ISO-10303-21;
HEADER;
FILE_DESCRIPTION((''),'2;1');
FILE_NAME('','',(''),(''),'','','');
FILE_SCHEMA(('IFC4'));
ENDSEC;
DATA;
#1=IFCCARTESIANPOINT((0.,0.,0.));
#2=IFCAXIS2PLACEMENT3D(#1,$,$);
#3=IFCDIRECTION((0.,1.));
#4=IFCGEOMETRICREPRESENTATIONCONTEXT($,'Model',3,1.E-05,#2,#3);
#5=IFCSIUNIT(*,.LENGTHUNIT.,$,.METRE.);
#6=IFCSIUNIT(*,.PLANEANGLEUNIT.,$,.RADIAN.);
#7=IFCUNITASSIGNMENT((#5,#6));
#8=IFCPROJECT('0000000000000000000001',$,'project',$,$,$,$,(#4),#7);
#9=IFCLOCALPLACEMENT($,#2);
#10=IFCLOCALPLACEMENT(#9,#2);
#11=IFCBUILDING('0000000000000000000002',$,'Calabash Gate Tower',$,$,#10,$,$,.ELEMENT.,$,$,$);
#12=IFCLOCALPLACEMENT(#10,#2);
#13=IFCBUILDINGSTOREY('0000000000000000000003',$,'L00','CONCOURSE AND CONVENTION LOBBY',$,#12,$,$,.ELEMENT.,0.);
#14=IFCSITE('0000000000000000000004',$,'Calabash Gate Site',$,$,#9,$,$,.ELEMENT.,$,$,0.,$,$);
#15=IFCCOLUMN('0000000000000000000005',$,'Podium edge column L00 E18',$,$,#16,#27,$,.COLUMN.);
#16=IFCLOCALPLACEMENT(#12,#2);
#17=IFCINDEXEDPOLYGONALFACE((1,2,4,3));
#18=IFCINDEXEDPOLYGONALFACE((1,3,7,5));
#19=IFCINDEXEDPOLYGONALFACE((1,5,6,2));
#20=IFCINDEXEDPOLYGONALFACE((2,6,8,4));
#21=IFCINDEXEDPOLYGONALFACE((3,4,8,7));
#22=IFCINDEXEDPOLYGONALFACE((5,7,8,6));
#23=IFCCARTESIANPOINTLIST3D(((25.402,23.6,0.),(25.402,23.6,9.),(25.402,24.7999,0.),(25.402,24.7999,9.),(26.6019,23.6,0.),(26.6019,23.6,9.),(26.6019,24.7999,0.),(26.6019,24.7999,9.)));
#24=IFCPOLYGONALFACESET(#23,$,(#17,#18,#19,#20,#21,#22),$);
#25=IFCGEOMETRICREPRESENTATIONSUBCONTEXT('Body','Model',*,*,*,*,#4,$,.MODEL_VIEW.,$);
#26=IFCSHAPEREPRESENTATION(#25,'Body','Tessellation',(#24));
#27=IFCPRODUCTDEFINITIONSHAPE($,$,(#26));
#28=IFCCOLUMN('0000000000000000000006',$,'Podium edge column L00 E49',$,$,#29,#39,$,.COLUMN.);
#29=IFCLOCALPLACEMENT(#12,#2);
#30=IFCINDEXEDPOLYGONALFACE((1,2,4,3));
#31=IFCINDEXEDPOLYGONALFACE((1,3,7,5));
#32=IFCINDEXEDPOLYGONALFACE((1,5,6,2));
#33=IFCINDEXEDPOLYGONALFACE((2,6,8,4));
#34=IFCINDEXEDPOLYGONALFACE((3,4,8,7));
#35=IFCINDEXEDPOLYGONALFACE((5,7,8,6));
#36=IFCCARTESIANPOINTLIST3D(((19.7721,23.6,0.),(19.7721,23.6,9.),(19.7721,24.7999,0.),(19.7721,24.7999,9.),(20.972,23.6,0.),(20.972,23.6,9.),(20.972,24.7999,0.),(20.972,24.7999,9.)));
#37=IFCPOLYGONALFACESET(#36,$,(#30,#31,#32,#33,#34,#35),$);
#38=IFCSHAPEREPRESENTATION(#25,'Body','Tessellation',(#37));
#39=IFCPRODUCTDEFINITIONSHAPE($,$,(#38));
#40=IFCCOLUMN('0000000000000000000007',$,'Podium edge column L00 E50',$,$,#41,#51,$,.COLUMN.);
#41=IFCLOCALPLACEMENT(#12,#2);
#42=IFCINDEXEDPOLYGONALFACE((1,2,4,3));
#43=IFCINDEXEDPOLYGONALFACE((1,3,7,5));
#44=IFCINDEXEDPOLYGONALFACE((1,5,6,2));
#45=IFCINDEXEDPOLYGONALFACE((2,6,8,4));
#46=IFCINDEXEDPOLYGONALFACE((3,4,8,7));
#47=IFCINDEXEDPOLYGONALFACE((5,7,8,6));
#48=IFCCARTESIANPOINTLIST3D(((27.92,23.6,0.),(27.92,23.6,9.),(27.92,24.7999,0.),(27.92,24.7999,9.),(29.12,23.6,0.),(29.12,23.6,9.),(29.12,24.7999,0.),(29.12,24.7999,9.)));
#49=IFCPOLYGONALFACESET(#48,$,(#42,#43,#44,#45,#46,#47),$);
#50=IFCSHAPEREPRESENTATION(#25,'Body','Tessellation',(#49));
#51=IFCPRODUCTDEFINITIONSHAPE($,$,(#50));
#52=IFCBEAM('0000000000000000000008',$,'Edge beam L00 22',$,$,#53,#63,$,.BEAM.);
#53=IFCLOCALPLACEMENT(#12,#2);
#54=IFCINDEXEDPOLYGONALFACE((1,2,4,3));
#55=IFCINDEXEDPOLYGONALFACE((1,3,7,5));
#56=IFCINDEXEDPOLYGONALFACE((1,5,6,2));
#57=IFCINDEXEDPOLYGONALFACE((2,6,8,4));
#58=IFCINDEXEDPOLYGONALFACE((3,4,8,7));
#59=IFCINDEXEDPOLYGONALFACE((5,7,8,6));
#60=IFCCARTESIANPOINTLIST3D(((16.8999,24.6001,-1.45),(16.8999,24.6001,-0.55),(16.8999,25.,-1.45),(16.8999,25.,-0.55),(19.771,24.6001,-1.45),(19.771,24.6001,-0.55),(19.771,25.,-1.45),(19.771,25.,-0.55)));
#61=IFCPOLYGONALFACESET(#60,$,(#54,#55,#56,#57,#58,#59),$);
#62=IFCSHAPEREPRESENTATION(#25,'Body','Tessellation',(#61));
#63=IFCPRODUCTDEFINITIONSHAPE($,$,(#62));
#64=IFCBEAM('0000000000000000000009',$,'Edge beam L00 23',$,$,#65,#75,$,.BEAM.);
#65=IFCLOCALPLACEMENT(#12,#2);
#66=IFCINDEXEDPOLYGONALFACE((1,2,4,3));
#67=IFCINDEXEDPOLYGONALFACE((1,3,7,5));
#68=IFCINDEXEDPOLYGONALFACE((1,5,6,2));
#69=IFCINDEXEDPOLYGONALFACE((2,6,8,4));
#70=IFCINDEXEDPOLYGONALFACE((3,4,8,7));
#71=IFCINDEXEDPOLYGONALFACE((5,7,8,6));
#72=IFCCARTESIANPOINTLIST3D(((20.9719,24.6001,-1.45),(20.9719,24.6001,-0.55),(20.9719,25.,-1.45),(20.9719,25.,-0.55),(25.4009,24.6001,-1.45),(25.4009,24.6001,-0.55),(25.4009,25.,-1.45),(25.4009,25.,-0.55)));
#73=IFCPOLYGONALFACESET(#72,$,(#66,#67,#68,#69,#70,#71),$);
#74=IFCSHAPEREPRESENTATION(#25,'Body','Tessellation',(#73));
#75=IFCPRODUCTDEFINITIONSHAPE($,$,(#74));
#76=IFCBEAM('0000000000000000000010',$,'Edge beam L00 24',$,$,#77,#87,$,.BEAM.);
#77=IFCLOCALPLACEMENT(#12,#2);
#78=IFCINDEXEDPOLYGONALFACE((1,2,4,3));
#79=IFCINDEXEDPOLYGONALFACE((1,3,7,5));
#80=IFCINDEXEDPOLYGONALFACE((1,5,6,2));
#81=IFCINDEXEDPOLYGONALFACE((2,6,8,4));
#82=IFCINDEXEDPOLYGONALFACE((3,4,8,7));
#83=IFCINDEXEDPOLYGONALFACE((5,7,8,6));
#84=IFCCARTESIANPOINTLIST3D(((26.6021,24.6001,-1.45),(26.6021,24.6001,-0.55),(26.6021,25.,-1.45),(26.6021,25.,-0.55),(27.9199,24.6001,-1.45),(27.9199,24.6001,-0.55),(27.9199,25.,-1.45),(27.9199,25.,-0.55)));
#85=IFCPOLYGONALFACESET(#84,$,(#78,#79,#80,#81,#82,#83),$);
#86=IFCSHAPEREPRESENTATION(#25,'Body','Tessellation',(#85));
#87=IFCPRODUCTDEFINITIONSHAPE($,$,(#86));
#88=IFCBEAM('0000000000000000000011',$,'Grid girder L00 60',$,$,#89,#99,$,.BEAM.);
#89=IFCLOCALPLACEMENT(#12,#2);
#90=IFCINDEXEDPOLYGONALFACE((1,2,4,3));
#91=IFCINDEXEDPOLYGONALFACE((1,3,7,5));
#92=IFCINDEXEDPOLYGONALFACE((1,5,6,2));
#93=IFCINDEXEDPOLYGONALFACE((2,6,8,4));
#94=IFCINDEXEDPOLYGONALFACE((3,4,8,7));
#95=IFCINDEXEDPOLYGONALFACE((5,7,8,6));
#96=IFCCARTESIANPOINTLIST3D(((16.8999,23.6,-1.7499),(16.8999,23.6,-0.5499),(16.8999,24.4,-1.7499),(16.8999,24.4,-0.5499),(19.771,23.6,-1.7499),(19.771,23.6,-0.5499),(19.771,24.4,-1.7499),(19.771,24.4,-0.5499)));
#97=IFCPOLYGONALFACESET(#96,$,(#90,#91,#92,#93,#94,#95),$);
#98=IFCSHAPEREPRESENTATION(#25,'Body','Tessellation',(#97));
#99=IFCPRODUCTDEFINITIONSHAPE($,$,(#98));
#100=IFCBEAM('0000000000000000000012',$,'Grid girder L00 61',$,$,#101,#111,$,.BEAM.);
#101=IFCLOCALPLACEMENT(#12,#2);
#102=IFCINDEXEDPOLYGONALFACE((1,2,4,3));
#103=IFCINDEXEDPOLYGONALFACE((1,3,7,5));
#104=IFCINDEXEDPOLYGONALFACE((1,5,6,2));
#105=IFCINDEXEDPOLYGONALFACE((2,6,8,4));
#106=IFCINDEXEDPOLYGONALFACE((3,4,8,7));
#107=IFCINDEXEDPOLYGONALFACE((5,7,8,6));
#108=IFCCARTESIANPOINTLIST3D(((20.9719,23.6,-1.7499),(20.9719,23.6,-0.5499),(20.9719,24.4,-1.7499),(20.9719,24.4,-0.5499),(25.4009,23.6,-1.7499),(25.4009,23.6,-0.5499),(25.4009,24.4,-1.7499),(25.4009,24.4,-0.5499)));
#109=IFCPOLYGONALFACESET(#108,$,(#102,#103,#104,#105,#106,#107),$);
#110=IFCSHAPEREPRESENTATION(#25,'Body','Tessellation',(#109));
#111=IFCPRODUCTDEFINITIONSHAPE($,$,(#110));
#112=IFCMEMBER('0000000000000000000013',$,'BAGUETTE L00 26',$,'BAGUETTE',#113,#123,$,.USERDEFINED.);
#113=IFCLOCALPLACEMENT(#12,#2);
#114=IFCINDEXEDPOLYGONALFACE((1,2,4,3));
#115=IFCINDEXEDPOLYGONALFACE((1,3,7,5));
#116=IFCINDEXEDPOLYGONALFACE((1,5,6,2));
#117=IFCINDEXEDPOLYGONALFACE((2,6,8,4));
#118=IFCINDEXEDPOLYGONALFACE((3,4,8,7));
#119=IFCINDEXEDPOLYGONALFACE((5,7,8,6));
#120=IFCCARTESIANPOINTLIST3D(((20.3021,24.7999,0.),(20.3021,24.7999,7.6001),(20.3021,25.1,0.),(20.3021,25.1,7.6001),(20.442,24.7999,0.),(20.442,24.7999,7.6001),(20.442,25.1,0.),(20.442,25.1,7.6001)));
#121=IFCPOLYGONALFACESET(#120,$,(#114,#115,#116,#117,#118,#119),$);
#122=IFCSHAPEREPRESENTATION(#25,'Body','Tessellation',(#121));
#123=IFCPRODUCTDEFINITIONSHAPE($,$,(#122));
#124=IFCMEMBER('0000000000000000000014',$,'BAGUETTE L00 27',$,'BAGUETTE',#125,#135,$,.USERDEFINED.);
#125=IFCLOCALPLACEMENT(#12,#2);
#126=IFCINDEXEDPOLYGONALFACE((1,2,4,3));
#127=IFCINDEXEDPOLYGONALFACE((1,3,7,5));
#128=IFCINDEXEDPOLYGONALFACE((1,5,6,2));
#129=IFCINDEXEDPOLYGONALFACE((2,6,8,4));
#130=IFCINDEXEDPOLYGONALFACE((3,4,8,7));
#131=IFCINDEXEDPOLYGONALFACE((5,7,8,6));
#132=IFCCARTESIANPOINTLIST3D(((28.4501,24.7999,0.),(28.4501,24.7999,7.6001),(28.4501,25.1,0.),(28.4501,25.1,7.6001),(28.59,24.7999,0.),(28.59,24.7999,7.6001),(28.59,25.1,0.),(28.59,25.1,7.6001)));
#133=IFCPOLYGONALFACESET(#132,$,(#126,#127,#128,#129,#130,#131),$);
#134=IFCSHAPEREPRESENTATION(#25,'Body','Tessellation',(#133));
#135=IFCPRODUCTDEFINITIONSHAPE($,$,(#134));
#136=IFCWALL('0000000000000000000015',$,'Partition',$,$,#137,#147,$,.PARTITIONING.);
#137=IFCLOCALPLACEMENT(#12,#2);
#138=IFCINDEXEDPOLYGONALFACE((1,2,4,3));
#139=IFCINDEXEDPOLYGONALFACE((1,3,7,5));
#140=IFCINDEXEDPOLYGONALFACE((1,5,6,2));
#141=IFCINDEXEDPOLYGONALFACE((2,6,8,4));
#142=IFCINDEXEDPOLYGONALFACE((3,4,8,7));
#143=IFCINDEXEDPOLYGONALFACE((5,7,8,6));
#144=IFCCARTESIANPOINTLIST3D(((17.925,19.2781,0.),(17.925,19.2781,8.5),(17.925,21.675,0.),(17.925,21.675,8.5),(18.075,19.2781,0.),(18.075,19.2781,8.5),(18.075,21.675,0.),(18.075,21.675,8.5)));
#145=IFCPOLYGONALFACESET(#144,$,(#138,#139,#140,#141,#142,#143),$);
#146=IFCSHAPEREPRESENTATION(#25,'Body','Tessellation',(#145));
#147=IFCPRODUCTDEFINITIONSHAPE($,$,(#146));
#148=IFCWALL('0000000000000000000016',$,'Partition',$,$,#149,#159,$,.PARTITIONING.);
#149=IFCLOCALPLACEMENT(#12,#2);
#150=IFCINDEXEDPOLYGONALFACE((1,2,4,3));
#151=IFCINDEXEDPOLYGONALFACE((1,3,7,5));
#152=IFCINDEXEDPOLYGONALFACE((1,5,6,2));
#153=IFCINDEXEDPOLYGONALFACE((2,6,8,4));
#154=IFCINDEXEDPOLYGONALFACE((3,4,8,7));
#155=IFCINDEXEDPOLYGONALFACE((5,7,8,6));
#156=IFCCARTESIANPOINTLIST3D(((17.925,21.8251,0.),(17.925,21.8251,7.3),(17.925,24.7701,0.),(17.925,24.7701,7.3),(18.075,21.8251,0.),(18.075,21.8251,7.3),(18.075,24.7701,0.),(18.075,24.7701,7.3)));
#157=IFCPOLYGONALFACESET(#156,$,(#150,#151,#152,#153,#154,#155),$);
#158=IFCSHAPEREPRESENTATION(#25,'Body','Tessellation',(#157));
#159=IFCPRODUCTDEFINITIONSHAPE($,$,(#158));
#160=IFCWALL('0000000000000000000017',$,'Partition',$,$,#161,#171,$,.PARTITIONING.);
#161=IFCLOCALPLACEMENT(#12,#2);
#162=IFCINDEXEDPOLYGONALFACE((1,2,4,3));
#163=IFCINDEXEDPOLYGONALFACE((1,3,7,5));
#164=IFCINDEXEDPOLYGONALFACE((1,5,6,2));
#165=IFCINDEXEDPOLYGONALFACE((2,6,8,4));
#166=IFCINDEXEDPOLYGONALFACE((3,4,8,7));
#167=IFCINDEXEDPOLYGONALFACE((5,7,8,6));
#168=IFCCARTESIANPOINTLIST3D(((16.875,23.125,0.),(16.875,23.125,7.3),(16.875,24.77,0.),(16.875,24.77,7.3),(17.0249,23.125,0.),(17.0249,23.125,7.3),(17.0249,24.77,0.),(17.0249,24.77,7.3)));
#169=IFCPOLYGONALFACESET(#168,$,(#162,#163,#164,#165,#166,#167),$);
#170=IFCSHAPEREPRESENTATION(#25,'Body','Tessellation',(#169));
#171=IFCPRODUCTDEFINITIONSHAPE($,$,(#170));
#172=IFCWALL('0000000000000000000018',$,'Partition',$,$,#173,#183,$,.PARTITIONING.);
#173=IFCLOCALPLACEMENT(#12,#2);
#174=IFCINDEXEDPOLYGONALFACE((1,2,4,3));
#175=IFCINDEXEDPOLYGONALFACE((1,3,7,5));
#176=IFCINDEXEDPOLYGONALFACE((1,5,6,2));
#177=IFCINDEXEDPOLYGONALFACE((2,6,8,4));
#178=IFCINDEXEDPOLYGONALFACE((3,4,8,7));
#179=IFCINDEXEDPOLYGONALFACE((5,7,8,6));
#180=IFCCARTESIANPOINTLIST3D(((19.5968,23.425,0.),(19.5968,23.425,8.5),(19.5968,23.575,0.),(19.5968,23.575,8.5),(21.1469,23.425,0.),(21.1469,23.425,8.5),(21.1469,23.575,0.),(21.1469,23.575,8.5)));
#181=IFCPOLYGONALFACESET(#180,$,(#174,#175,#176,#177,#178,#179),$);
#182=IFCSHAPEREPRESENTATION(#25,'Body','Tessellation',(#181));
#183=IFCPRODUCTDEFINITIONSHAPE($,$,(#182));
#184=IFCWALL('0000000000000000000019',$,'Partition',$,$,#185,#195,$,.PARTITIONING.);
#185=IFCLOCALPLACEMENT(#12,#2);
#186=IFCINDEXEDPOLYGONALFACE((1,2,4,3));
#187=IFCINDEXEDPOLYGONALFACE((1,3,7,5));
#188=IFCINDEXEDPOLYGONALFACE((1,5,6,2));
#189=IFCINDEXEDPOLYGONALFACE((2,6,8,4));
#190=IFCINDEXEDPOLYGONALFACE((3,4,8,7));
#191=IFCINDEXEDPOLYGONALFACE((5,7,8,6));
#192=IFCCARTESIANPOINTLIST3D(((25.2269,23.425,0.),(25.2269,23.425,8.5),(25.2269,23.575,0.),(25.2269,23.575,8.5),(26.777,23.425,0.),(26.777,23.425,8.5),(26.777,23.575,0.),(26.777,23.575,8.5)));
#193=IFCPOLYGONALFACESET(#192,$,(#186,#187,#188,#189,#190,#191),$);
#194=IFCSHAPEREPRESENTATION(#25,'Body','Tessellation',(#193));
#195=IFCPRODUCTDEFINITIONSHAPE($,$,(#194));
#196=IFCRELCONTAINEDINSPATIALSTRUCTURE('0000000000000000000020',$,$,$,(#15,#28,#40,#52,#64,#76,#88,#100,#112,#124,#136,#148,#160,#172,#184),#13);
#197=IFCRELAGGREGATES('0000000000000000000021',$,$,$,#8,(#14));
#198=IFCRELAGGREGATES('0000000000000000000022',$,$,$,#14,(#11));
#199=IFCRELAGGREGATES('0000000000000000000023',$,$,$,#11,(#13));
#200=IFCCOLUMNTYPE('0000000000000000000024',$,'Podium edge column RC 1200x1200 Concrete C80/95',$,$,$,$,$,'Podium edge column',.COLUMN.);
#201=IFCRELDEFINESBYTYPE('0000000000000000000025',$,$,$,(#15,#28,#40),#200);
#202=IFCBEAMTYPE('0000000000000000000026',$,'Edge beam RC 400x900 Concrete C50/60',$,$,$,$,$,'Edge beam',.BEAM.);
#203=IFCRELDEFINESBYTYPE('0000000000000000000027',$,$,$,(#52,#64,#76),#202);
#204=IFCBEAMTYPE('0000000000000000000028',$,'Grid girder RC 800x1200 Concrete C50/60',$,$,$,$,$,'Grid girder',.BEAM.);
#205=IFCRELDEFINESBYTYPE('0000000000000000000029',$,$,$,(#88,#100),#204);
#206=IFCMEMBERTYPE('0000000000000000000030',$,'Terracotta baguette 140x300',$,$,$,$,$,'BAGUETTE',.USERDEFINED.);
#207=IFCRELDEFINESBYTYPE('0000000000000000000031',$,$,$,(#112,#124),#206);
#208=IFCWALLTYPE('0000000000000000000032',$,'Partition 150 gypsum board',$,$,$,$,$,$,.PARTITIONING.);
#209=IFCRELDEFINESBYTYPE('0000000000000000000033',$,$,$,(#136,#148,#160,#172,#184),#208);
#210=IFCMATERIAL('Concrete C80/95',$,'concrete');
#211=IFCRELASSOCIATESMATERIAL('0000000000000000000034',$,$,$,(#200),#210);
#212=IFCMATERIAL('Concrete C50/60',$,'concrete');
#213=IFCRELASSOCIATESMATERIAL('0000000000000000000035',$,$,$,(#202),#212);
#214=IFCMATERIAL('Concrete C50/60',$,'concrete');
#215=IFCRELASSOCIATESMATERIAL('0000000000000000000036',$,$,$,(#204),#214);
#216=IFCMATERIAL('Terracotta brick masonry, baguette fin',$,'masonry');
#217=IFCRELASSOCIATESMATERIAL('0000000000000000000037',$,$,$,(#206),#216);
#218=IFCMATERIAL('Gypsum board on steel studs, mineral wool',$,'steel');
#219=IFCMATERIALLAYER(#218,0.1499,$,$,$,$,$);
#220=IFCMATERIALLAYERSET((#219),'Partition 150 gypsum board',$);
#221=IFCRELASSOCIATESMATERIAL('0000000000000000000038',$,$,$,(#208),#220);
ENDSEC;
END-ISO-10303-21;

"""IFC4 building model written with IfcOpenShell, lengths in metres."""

from ifc_helpers import new_model, si_unit, direction, frame, frame_2d, origin, origin_2d, place, context, subcontext, project, spatial, rectangle, extrude, material, layer, layer_set, material_profile, profile_set, type_object, element, save


model = new_model("IFC4")

# Units and contexts
model_context = context("Model", 3, precision=1e-05, world=origin(), true_north=direction((0.0, 1.0)))
body_context = subcontext(model_context, "Body", "Model", "MODEL_VIEW")
ifc_project = project(units=[si_unit("LENGTHUNIT", "METRE"), si_unit("PLANEANGLEUNIT", "RADIAN")], contexts=[model_context])

# Site, building, storey
site_placement = place(None, origin())
site = spatial("IfcSite", under=ifc_project, at=site_placement, Name="Calabash Gate Site", CompositionType="ELEMENT", RefElevation=0.0)
building_placement = place(site_placement, origin())
building = spatial("IfcBuilding", under=site, at=building_placement, Name="Calabash Gate Tower", CompositionType="ELEMENT")
storey_placement = place(building_placement, origin())
storey = spatial("IfcBuildingStorey", under=building, at=storey_placement, Name="L00", Description="CONCOURSE AND CONVENTION LOBBY", CompositionType="ELEMENT", Elevation=0.0)

# Columns
ifc_material_1 = material(Name="Concrete C80/95", Category="concrete")
ifc_material_profile_1 = material_profile(ifc_material_1, rectangle(XDim=1.2, YDim=1.2, at=origin_2d()))
ifc_profile_set_1 = profile_set([ifc_material_profile_1], Name="Concrete C80/95")
column_type = type_object("IfcColumnType", Name="Podium edge column RC 1200x1200 Concrete C80/95", ElementType="Podium edge column", PredefinedType="COLUMN", material=ifc_profile_set_1)
for number, where, z_axis, x_axis, name in (
    (1, (26.002, 24.2, 0.0), (0.0, 0.0, 1.0), (1.0, 0.0, 0.0), "Podium edge column L00 E18"),
    (2, (20.3721, 24.2, 0.0), (0.0, 0.0, 1.0), (1.0, 0.0, 0.0), "Podium edge column L00 E49"),
    (3, (28.52, 24.2, 0.0), (0.0, 0.0, 1.0), (1.0, 0.0, 0.0), "Podium edge column L00 E50"),
):
    element("IfcColumn", number, at=place(storey_placement, frame(where, z_axis=z_axis, x_axis=x_axis)), inside=storey, type_object=column_type, Name=name, PredefinedType="COLUMN", context=body_context, shape_type="SweptSolid", body=[
        extrude(rectangle(XDim=1.2, YDim=1.2, at=origin_2d()), origin(), (0.0, 0.0, 1.0), 9.0),
    ])

# Beams
ifc_material_2 = material(Name="Concrete C50/60", Category="concrete")
ifc_material_profile_2 = material_profile(ifc_material_2, rectangle(XDim=0.3999, YDim=0.8999, at=origin_2d()))
ifc_profile_set_2 = profile_set([ifc_material_profile_2], Name="Concrete C50/60")
beam_type_1 = type_object("IfcBeamType", Name="Edge beam RC 400x900 Concrete C50/60", ElementType="Edge beam", PredefinedType="BEAM", material=ifc_profile_set_2)
beam_1_placement = place(storey_placement, frame((16.8999, 24.8, -1.0), z_axis=(1.0, 0.0, 0.0), x_axis=(0.0, 1.0, 0.0)))
element("IfcBeam", 4, at=beam_1_placement, inside=storey, type_object=beam_type_1, Name="Edge beam L00 22", PredefinedType="BEAM", context=body_context, shape_type="SweptSolid", body=[
    extrude(rectangle(XDim=0.3999, YDim=0.8999, at=origin_2d()), origin(), (0.0, 0.0, 1.0), 2.8711),
])
beam_2_placement = place(storey_placement, frame((20.9719, 24.8, -1.0), z_axis=(1.0, 0.0, 0.0), x_axis=(0.0, 1.0, 0.0)))
element("IfcBeam", 5, at=beam_2_placement, inside=storey, type_object=beam_type_1, Name="Edge beam L00 23", PredefinedType="BEAM", context=body_context, shape_type="SweptSolid", body=[
    extrude(rectangle(XDim=0.3999, YDim=0.8999, at=origin_2d()), origin(), (0.0, 0.0, 1.0), 4.429),
])
beam_3_placement = place(storey_placement, frame((26.6021, 24.8, -1.0), z_axis=(1.0, 0.0, 0.0), x_axis=(0.0, 1.0, 0.0)))
element("IfcBeam", 6, at=beam_3_placement, inside=storey, type_object=beam_type_1, Name="Edge beam L00 24", PredefinedType="BEAM", context=body_context, shape_type="SweptSolid", body=[
    extrude(rectangle(XDim=0.3999, YDim=0.8999, at=origin_2d()), origin(), (0.0, 0.0, 1.0), 1.3179),
])
ifc_material_3 = material(Name="Concrete C50/60", Category="concrete")
ifc_material_profile_3 = material_profile(ifc_material_3, rectangle(XDim=0.8, YDim=1.2, at=origin_2d()))
ifc_profile_set_3 = profile_set([ifc_material_profile_3], Name="Concrete C50/60")
beam_type_2 = type_object("IfcBeamType", Name="Grid girder RC 800x1200 Concrete C50/60", ElementType="Grid girder", PredefinedType="BEAM", material=ifc_profile_set_3)
beam_4_placement = place(storey_placement, frame((16.8999, 24.0, -1.1499), z_axis=(1.0, 0.0, 0.0), x_axis=(0.0, 1.0, 0.0)))
element("IfcBeam", 7, at=beam_4_placement, inside=storey, type_object=beam_type_2, Name="Grid girder L00 60", PredefinedType="BEAM", context=body_context, shape_type="SweptSolid", body=[
    extrude(rectangle(XDim=0.8, YDim=1.2, at=origin_2d()), origin(), (0.0, 0.0, 1.0), 2.8711),
])
beam_5_placement = place(storey_placement, frame((20.9719, 24.0, -1.1499), z_axis=(1.0, 0.0, 0.0), x_axis=(0.0, 1.0, 0.0)))
element("IfcBeam", 8, at=beam_5_placement, inside=storey, type_object=beam_type_2, Name="Grid girder L00 61", PredefinedType="BEAM", context=body_context, shape_type="SweptSolid", body=[
    extrude(rectangle(XDim=0.8, YDim=1.2, at=origin_2d()), origin(), (0.0, 0.0, 1.0), 4.429),
])

# Members
ifc_material_4 = material(Name="Terracotta brick masonry, baguette fin", Category="masonry")
ifc_material_profile_4 = material_profile(ifc_material_4, rectangle(XDim=0.1399, YDim=0.3, at=origin_2d()))
ifc_profile_set_4 = profile_set([ifc_material_profile_4], Name="Terracotta brick masonry, baguette fin")
member_type = type_object("IfcMemberType", Name="Terracotta baguette 140x300", ElementType="BAGUETTE", PredefinedType="USERDEFINED", material=ifc_profile_set_4)
for number, where, z_axis, x_axis, name in (
    (9, (20.3721, 24.95, 0.0), (0.0, 0.0, 1.0), (-1.0, 0.0, 0.0), "BAGUETTE L00 26"),
    (10, (28.52, 24.95, 0.0), (0.0, 0.0, 1.0), (-1.0, 0.0, 0.0), "BAGUETTE L00 27"),
):
    element("IfcMember", number, at=place(storey_placement, frame(where, z_axis=z_axis, x_axis=x_axis)), inside=storey, type_object=member_type, Name=name, ObjectType="BAGUETTE", PredefinedType="USERDEFINED", context=body_context, shape_type="SweptSolid", body=[
        extrude(rectangle(XDim=0.1399, YDim=0.3, at=origin_2d()), origin(), (0.0, 0.0, 1.0), 7.6001),
    ])

# Walls
ifc_material_5 = material(Name="Gypsum board on steel studs, mineral wool", Category="steel")
ifc_layer_1 = layer(ifc_material_5, 0.1499)
ifc_layer_set_1 = layer_set([ifc_layer_1], Name="Partition 150 gypsum board")
wall_type_1 = type_object("IfcWallType", Name="Partition 150 gypsum board", PredefinedType="PARTITIONING", material=ifc_layer_set_1)
wall_1_placement = place(storey_placement, frame((18.0, 19.2781, 0.0), z_axis=(0.0, 0.0, 1.0), x_axis=(0.0, 1.0, 0.0)))
element("IfcWall", 11, at=wall_1_placement, inside=storey, type_object=wall_type_1, Name="Partition", PredefinedType="PARTITIONING", context=body_context, shape_type="SweptSolid", body=[
    extrude(rectangle(XDim=2.397, YDim=0.1499, at=frame_2d((1.1985, 0.0))), origin(), (0.0, 0.0, 1.0), 8.5),
])
wall_2_placement = place(storey_placement, frame((18.0, 21.825, 0.0), z_axis=(0.0, 0.0, 1.0), x_axis=(0.0, 1.0, 0.0)))
element("IfcWall", 12, at=wall_2_placement, inside=storey, type_object=wall_type_1, Name="Partition", PredefinedType="PARTITIONING", context=body_context, shape_type="SweptSolid", body=[
    extrude(rectangle(XDim=2.9451, YDim=0.1499, at=frame_2d((1.4727, 0.0))), origin(), (0.0, 0.0, 1.0), 7.3),
])
wall_3_placement = place(storey_placement, frame((16.95, 23.125, 0.0), z_axis=(0.0, 0.0, 1.0), x_axis=(0.0, 1.0, 0.0)))
element("IfcWall", 13, at=wall_3_placement, inside=storey, type_object=wall_type_1, Name="Partition", PredefinedType="PARTITIONING", context=body_context, shape_type="SweptSolid", body=[
    extrude(rectangle(XDim=1.645, YDim=0.1499, at=frame_2d((0.8225, 0.0))), origin(), (0.0, 0.0, 1.0), 7.3),
])
for number, where, z_axis, x_axis, name in (
    (14, (19.5969, 23.5, 0.0), (0.0, 0.0, 1.0), (1.0, 0.0, 0.0), "Partition"),
    (15, (25.2271, 23.5, 0.0), (0.0, 0.0, 1.0), (1.0, 0.0, 0.0), "Partition"),
):
    element("IfcWall", number, at=place(storey_placement, frame(where, z_axis=z_axis, x_axis=x_axis)), inside=storey, type_object=wall_type_1, Name=name, PredefinedType="PARTITIONING", context=body_context, shape_type="SweptSolid", body=[
        extrude(rectangle(XDim=1.55, YDim=0.1499, at=frame_2d((0.7749, 0.0))), origin(), (0.0, 0.0, 1.0), 8.5),
    ])

save(model, "model.ifc")
